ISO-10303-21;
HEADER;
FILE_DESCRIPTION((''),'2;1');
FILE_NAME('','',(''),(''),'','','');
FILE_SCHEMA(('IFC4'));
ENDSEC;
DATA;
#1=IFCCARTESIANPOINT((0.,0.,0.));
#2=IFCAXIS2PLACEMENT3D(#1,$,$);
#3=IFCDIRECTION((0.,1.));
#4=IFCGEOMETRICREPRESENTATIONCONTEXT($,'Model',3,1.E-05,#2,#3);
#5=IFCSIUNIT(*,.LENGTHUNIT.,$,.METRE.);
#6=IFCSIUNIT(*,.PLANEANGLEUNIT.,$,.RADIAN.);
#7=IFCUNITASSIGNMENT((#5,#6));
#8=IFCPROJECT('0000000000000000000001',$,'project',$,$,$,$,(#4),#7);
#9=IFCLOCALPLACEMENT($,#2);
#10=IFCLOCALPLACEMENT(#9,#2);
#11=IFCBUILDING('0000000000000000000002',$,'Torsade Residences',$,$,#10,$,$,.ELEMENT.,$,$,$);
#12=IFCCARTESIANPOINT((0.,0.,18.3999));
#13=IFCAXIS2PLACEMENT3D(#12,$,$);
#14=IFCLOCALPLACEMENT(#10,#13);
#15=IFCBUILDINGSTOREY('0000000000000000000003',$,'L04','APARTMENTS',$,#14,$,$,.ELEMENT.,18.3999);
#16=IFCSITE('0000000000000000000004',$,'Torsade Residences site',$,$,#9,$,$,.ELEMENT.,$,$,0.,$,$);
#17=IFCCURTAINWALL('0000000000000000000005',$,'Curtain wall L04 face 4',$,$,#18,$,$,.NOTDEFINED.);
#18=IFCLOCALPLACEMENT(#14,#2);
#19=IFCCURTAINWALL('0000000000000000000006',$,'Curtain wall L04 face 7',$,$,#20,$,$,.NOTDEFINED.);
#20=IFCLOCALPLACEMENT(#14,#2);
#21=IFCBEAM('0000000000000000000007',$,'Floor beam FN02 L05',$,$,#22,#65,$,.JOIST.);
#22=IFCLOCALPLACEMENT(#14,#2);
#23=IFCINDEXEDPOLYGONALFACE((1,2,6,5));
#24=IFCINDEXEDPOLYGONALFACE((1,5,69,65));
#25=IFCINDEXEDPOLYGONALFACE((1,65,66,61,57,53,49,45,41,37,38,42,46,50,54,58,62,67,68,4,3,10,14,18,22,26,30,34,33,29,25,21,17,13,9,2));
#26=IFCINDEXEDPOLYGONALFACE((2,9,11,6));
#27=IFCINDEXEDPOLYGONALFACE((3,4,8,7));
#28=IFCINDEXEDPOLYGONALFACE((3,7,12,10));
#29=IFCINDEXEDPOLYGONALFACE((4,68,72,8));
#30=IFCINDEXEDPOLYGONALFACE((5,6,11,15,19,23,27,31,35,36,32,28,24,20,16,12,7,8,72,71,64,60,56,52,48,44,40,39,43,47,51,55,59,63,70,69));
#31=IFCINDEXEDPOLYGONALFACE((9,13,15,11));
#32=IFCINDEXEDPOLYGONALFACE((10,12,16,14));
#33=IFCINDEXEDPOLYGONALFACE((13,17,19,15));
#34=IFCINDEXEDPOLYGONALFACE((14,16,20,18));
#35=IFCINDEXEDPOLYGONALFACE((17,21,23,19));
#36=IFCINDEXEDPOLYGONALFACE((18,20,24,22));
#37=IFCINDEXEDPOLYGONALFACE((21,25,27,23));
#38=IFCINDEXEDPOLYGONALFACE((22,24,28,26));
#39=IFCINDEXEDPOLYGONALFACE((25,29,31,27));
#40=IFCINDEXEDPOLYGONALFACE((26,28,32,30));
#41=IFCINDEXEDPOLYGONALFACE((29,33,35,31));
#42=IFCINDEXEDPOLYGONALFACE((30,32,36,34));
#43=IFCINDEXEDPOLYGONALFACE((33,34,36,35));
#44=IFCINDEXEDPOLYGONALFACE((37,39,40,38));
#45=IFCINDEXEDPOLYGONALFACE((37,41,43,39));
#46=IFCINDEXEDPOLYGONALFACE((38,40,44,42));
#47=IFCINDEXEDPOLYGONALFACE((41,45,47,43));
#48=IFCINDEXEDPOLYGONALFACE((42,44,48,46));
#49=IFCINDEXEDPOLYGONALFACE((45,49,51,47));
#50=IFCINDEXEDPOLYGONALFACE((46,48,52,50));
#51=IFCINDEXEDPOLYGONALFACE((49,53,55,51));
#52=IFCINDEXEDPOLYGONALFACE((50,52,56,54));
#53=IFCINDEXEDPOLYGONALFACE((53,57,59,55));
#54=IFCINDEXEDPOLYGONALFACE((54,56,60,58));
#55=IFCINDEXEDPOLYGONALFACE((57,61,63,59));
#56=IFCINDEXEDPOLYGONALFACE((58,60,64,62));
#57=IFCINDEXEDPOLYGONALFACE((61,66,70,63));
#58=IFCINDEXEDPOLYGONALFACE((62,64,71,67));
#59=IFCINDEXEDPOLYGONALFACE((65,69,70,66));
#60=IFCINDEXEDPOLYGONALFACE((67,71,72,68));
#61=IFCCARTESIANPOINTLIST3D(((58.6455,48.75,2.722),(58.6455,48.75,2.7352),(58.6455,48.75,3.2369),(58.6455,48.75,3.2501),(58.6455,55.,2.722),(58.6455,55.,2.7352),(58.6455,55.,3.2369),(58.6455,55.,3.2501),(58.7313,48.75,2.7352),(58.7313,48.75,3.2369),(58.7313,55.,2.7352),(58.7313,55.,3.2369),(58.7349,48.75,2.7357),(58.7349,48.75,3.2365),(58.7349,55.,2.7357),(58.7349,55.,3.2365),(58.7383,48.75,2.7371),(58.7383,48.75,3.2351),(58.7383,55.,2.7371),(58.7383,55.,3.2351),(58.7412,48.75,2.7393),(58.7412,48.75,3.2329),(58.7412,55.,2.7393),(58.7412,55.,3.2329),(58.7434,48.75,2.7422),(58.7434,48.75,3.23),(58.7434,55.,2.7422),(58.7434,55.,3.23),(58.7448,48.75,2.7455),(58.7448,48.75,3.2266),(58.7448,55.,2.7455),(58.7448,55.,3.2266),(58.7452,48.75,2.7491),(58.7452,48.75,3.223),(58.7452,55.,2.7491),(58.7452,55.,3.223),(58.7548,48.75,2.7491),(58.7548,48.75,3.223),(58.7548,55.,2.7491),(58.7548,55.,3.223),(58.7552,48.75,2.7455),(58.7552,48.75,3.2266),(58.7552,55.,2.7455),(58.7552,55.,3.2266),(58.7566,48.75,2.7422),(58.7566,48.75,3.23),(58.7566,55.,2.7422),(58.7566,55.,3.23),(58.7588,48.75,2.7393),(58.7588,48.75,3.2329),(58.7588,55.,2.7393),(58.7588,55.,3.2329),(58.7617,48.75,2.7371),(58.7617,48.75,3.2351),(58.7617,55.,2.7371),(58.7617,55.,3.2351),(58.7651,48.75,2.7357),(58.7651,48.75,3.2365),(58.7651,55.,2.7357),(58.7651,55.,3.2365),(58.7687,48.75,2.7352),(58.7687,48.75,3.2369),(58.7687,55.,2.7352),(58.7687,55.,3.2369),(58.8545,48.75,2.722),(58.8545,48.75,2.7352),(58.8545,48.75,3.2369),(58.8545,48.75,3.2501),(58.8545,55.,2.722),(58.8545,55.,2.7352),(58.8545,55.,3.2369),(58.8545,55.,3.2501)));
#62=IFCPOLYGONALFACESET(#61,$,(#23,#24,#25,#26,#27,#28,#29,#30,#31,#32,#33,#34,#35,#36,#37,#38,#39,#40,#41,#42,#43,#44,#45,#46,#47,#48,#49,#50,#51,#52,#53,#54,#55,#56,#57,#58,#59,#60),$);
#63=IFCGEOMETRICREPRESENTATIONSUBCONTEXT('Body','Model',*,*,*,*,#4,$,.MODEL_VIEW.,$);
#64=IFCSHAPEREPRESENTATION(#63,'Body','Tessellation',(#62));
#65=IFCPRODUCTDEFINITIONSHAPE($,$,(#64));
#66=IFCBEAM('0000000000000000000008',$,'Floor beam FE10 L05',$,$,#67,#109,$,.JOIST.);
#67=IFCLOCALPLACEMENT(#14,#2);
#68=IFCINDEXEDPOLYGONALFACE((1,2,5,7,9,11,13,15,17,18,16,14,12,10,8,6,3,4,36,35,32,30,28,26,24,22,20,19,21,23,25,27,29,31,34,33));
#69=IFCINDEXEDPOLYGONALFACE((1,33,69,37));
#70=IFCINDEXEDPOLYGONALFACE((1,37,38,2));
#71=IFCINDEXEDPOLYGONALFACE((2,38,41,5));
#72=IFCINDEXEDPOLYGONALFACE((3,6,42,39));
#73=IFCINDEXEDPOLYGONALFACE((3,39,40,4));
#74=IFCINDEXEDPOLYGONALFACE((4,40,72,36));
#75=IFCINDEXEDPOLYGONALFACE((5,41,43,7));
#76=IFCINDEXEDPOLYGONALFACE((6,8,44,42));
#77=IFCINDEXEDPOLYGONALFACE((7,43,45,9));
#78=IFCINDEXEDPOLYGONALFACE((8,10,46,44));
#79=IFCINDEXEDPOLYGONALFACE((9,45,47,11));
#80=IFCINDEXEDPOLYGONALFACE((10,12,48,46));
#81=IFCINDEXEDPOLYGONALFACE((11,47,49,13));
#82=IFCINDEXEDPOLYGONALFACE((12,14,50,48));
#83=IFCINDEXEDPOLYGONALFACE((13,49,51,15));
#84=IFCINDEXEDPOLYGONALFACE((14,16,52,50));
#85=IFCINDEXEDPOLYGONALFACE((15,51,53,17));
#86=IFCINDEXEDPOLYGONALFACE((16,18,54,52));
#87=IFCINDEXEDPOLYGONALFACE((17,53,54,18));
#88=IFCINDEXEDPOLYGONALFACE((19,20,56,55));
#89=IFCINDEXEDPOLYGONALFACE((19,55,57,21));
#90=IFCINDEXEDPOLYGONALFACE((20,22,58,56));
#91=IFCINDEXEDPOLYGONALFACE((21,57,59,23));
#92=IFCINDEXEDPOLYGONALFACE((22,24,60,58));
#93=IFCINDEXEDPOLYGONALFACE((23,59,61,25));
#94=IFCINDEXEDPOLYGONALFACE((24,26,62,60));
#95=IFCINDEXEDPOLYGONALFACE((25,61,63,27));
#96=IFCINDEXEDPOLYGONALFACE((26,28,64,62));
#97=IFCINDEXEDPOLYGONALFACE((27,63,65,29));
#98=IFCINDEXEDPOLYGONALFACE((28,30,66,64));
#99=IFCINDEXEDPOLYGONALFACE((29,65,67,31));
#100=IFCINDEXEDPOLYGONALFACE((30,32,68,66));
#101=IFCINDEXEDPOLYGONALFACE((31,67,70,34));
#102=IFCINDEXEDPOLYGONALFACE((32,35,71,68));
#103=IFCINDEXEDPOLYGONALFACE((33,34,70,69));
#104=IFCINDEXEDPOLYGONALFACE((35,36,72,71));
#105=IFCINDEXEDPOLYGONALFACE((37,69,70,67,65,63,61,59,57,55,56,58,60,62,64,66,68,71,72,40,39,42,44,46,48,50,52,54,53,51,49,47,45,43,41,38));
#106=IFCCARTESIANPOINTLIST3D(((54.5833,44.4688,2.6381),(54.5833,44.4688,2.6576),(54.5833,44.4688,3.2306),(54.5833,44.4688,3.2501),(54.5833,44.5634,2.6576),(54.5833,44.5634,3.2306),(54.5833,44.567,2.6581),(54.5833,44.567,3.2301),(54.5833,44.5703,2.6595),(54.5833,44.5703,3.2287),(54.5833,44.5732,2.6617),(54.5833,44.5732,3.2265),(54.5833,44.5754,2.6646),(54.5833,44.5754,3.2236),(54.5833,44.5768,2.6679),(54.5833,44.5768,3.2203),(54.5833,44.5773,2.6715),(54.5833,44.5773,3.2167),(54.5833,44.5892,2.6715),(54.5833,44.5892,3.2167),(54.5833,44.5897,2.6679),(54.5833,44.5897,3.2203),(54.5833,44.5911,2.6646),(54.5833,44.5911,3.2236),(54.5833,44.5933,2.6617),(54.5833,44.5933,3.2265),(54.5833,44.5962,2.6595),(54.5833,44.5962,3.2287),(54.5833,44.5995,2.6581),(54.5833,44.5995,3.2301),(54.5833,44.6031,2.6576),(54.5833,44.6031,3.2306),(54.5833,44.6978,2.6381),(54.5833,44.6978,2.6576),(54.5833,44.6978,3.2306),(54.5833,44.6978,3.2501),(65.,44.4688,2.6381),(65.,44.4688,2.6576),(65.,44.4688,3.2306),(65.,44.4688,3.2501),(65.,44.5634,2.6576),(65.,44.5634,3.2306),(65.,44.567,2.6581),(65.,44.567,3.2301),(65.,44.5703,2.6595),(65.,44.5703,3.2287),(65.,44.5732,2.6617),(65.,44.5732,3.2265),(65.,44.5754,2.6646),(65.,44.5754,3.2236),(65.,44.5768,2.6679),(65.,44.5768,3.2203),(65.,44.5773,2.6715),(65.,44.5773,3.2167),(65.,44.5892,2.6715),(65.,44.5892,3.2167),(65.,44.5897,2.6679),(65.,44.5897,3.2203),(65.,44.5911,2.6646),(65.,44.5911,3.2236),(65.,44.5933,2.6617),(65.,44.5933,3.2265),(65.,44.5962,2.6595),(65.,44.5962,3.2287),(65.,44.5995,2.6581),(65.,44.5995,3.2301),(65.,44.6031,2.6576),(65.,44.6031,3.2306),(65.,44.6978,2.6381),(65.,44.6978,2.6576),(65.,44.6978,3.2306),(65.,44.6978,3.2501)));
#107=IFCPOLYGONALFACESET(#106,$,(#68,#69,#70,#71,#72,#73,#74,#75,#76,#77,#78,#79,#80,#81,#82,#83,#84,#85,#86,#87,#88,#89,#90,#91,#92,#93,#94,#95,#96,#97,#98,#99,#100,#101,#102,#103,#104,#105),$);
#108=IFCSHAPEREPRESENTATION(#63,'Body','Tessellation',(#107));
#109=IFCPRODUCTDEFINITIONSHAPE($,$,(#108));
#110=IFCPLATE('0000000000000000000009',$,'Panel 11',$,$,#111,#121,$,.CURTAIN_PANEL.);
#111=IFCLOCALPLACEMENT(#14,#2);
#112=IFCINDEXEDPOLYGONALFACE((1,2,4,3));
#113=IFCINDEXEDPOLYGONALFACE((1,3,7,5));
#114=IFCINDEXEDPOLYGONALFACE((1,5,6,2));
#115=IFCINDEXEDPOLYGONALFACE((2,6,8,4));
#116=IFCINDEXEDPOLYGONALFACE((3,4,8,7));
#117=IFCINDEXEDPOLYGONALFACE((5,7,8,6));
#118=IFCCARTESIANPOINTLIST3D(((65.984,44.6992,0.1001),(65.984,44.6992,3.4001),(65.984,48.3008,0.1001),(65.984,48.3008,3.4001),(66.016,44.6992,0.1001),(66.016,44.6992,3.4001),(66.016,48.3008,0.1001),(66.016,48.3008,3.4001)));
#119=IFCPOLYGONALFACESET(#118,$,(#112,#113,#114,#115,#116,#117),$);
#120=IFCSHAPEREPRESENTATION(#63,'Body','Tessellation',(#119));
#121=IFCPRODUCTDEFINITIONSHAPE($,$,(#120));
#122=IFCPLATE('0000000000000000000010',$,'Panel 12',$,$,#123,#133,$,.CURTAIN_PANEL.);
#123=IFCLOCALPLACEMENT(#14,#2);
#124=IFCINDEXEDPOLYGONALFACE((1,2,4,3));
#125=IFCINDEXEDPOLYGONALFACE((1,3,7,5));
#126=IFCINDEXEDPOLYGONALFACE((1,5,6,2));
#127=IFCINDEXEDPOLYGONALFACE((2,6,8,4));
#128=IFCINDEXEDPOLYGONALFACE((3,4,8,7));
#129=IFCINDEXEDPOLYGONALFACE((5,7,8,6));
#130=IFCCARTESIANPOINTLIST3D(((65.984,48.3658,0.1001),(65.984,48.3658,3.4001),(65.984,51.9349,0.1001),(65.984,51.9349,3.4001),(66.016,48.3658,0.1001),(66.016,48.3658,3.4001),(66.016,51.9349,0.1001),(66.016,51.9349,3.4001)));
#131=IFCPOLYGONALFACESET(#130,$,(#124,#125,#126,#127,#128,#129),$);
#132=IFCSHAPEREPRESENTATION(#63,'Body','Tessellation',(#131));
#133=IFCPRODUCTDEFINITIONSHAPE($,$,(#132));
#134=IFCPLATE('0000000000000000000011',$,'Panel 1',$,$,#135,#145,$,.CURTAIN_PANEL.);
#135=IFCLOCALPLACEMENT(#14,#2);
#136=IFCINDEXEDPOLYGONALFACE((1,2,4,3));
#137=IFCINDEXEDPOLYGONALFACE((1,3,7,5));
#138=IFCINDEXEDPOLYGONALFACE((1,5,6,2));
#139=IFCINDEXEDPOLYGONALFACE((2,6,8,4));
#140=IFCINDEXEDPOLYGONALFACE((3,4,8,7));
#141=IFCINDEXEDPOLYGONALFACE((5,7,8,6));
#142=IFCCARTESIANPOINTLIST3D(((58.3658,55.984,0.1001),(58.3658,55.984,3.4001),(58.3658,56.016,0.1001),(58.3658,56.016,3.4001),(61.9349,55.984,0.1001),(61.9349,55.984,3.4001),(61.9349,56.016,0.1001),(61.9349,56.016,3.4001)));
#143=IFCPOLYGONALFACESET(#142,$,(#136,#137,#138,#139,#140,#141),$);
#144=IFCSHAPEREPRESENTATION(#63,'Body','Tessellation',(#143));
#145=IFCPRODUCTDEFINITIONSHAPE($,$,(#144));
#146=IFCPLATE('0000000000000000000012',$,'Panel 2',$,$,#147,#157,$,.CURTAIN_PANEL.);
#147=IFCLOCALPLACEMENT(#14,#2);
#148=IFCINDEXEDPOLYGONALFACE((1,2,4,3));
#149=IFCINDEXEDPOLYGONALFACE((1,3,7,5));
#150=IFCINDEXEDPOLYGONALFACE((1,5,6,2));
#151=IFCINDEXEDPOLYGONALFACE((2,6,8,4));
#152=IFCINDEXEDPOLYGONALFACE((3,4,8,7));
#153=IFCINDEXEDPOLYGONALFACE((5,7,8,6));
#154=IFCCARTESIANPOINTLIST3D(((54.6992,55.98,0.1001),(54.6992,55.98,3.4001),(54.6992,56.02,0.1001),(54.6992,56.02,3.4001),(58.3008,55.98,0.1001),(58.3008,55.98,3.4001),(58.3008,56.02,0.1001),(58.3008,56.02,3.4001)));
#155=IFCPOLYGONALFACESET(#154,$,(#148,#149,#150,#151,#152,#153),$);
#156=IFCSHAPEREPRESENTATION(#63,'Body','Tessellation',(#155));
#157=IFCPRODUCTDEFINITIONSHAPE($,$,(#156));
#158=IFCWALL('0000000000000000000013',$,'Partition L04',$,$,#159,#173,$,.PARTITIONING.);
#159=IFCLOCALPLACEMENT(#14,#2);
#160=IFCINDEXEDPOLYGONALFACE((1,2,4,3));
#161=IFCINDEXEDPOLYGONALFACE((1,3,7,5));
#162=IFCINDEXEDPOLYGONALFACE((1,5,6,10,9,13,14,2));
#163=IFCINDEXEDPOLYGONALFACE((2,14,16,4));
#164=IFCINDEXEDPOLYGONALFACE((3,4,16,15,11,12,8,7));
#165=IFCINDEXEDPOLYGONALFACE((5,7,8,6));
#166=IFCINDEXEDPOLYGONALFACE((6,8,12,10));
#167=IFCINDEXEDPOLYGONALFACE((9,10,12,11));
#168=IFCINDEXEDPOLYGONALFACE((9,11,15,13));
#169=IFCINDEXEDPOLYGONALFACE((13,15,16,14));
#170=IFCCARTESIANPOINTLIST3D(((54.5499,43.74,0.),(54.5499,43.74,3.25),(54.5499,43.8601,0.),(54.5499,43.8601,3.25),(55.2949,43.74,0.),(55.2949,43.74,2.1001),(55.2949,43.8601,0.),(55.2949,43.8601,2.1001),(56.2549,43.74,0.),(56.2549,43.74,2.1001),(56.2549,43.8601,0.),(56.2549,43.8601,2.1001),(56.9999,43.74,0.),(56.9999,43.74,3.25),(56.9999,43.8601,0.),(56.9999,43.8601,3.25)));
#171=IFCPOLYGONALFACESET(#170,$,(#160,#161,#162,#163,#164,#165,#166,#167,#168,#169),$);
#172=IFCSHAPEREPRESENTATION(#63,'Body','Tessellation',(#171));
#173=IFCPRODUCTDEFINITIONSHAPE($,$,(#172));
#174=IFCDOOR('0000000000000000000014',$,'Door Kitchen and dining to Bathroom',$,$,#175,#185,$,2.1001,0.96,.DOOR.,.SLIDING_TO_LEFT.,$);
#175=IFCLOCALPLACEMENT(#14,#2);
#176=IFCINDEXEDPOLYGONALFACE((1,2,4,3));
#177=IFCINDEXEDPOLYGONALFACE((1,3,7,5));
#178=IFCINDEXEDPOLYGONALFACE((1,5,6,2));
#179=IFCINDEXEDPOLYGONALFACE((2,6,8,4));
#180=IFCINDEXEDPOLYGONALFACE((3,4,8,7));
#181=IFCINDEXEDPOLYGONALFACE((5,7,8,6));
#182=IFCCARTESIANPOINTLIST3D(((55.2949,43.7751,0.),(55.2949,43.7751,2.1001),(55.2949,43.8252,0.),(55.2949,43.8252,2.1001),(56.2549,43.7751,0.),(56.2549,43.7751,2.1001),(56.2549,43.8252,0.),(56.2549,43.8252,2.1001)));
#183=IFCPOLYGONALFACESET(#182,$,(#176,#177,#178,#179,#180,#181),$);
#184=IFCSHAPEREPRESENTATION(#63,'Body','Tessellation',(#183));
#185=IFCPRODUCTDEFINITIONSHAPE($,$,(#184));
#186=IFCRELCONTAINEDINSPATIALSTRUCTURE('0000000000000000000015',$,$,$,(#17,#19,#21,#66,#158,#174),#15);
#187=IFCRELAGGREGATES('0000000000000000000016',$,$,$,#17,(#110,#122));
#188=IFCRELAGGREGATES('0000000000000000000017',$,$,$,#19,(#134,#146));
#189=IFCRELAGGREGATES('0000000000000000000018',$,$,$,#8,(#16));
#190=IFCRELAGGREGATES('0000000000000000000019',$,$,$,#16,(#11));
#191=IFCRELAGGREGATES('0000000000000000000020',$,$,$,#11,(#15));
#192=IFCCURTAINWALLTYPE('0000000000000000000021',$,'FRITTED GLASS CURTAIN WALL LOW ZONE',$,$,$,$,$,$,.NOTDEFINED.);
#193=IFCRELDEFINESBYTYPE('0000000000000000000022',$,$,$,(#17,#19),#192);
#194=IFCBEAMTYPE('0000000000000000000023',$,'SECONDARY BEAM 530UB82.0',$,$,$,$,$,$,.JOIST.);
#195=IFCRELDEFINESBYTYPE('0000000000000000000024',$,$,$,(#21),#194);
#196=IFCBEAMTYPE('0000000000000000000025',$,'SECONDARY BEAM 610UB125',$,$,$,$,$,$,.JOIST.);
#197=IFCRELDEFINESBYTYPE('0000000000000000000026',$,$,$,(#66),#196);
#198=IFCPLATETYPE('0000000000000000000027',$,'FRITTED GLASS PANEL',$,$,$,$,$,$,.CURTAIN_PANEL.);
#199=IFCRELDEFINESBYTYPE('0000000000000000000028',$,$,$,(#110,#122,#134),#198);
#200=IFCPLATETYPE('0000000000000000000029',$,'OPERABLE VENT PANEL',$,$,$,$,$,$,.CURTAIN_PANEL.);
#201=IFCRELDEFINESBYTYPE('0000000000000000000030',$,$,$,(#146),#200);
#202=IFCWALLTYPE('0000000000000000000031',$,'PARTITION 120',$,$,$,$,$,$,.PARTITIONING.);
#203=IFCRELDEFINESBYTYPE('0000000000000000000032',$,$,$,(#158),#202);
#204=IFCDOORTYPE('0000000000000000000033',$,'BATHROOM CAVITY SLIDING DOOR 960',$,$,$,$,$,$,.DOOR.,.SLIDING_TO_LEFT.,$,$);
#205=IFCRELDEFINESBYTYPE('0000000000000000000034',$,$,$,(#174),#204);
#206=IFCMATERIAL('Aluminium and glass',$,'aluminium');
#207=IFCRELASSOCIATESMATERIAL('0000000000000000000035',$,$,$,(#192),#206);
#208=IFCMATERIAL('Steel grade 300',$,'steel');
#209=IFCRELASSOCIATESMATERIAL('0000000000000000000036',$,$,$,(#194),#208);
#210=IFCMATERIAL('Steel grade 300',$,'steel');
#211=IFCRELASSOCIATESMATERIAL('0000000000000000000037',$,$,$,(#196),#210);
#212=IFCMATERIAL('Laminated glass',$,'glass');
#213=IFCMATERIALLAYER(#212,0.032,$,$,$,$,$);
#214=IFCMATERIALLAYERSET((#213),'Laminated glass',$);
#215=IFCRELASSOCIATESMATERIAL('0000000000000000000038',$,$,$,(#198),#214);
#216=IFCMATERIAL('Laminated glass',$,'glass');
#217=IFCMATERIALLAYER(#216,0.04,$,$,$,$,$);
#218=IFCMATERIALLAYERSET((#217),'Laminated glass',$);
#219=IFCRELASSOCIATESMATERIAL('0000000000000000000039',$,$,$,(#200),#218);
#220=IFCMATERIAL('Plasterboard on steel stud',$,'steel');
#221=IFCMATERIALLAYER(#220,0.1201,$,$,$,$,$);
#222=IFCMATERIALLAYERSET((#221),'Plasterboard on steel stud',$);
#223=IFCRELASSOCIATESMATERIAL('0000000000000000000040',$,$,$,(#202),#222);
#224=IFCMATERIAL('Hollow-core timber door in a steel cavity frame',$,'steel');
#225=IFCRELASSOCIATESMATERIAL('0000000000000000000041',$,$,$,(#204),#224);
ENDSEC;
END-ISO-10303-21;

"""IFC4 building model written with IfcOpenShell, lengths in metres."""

from ifc_helpers import new_model, si_unit, direction, frame, frame_2d, origin, origin_2d, place, context, subcontext, project, spatial, rectangle, i_section, extrude, material, layer, layer_set, material_profile, profile_set, type_object, element, fill, aggregate, save


model = new_model("IFC4")

# Units and contexts
model_context = context("Model", 3, precision=1e-05, world=origin(), true_north=direction((0.0, 1.0)))
body_context = subcontext(model_context, "Body", "Model", "MODEL_VIEW")
ifc_project = project(units=[si_unit("LENGTHUNIT", "METRE"), si_unit("PLANEANGLEUNIT", "RADIAN")], contexts=[model_context])

# Site, building, storey
site_placement = place(None, origin())
site = spatial("IfcSite", under=ifc_project, at=site_placement, Name="Torsade Residences site", CompositionType="ELEMENT", RefElevation=0.0)
building_placement = place(site_placement, origin())
building = spatial("IfcBuilding", under=site, at=building_placement, Name="Torsade Residences", CompositionType="ELEMENT")
storey_placement = place(building_placement, frame((0.0, 0.0, 18.3999)))
storey = spatial("IfcBuildingStorey", under=building, at=storey_placement, Name="L04", Description="APARTMENTS", CompositionType="ELEMENT", Elevation=18.3999)

# Curtain walls
ifc_material_1 = material(Name="Aluminium and glass", Category="aluminium")
curtain_wall_type = type_object("IfcCurtainWallType", Name="FRITTED GLASS CURTAIN WALL LOW ZONE", PredefinedType="NOTDEFINED", material=ifc_material_1)
curtain_wall_1_placement = place(storey_placement, origin())
curtain_wall_1 = element("IfcCurtainWall", 1, at=curtain_wall_1_placement, inside=storey, type_object=curtain_wall_type, Name="Curtain wall L04 face 4", PredefinedType="NOTDEFINED")
curtain_wall_2_placement = place(storey_placement, origin())
curtain_wall_2 = element("IfcCurtainWall", 2, at=curtain_wall_2_placement, inside=storey, type_object=curtain_wall_type, Name="Curtain wall L04 face 7", PredefinedType="NOTDEFINED")

# Beams
ifc_material_2 = material(Name="Steel grade 300", Category="steel")
ifc_material_profile_1 = material_profile(ifc_material_2, i_section(OverallWidth=0.209, OverallDepth=0.5281, WebThickness=0.0095, FlangeThickness=0.0132, FilletRadius=0.0139, at=origin_2d()), Name="530UB82.0")
ifc_profile_set_1 = profile_set([ifc_material_profile_1], Name="Steel grade 300")
beam_type_1 = type_object("IfcBeamType", Name="SECONDARY BEAM 530UB82.0", PredefinedType="JOIST", material=ifc_profile_set_1)
beam_1_placement = place(storey_placement, frame((58.75, 55.0, 2.9861), z_axis=(0.0, -1.0, 0.0), x_axis=(1.0, 0.0, 0.0)))
element("IfcBeam", 3, at=beam_1_placement, inside=storey, type_object=beam_type_1, Name="Floor beam FN02 L05", PredefinedType="JOIST", context=body_context, shape_type="SweptSolid", body=[
    extrude(i_section(OverallWidth=0.209, OverallDepth=0.5281, WebThickness=0.0095, FlangeThickness=0.0132, FilletRadius=0.0139, at=origin_2d()), origin(), (0.0, 0.0, 1.0), 6.25),
])
ifc_material_3 = material(Name="Steel grade 300", Category="steel")
ifc_material_profile_2 = material_profile(ifc_material_3, i_section(OverallWidth=0.229, OverallDepth=0.6121, WebThickness=0.012, FlangeThickness=0.0195, FilletRadius=0.0139, at=origin_2d()), Name="610UB125")
ifc_profile_set_2 = profile_set([ifc_material_profile_2], Name="Steel grade 300")
beam_type_2 = type_object("IfcBeamType", Name="SECONDARY BEAM 610UB125", PredefinedType="JOIST", material=ifc_profile_set_2)
beam_2_placement = place(storey_placement, frame((65.0, 44.5833, 2.9441), z_axis=(-1.0, 0.0, 0.0), x_axis=(0.0, -1.0, 0.0)))
element("IfcBeam", 4, at=beam_2_placement, inside=storey, type_object=beam_type_2, Name="Floor beam FE10 L05", PredefinedType="JOIST", context=body_context, shape_type="SweptSolid", body=[
    extrude(i_section(OverallWidth=0.229, OverallDepth=0.6121, WebThickness=0.012, FlangeThickness=0.0195, FilletRadius=0.0139, at=origin_2d()), origin(), (0.0, 0.0, 1.0), 10.4167),
])

# Plates
ifc_material_4 = material(Name="Laminated glass", Category="glass")
ifc_layer_1 = layer(ifc_material_4, 0.032)
ifc_layer_set_1 = layer_set([ifc_layer_1], Name="Laminated glass")
plate_type_1 = type_object("IfcPlateType", Name="FRITTED GLASS PANEL", PredefinedType="CURTAIN_PANEL", material=ifc_layer_set_1)
plate_1_placement = place(storey_placement, frame((66.0, 46.5, 0.1001), z_axis=(0.0, 0.0, 1.0), x_axis=(0.0, 1.0, 0.0)))
plate_1 = element("IfcPlate", 5, at=plate_1_placement, type_object=plate_type_1, Name="Panel 11", PredefinedType="CURTAIN_PANEL", context=body_context, shape_type="SweptSolid", body=[
    extrude(rectangle(XDim=3.6016, YDim=0.032, at=origin_2d()), origin(), (0.0, 0.0, 1.0), 3.3),
])
plate_2_placement = place(storey_placement, frame((66.0, 50.1504, 0.1001), z_axis=(0.0, 0.0, 1.0), x_axis=(0.0, 1.0, 0.0)))
plate_2 = element("IfcPlate", 6, at=plate_2_placement, type_object=plate_type_1, Name="Panel 12", PredefinedType="CURTAIN_PANEL", context=body_context, shape_type="SweptSolid", body=[
    extrude(rectangle(XDim=3.5691, YDim=0.032, at=origin_2d()), origin(), (0.0, 0.0, 1.0), 3.3),
])
aggregate(curtain_wall_1, [plate_1, plate_2])
plate_3_placement = place(storey_placement, frame((60.1504, 56.0, 0.1001), z_axis=(0.0, 0.0, 1.0), x_axis=(-1.0, 0.0, 0.0)))
plate_3 = element("IfcPlate", 7, at=plate_3_placement, type_object=plate_type_1, Name="Panel 1", PredefinedType="CURTAIN_PANEL", context=body_context, shape_type="SweptSolid", body=[
    extrude(rectangle(XDim=3.5691, YDim=0.032, at=origin_2d()), origin(), (0.0, 0.0, 1.0), 3.3),
])
ifc_material_5 = material(Name="Laminated glass", Category="glass")
ifc_layer_2 = layer(ifc_material_5, 0.04)
ifc_layer_set_2 = layer_set([ifc_layer_2], Name="Laminated glass")
plate_type_2 = type_object("IfcPlateType", Name="OPERABLE VENT PANEL", PredefinedType="CURTAIN_PANEL", material=ifc_layer_set_2)
plate_4_placement = place(storey_placement, frame((56.5, 56.0, 0.1001), z_axis=(0.0, 0.0, 1.0), x_axis=(-1.0, 0.0, 0.0)))
plate_4 = element("IfcPlate", 8, at=plate_4_placement, type_object=plate_type_2, Name="Panel 2", PredefinedType="CURTAIN_PANEL", context=body_context, shape_type="SweptSolid", body=[
    extrude(rectangle(XDim=3.6016, YDim=0.04, at=origin_2d()), origin(), (0.0, 0.0, 1.0), 3.3),
])
aggregate(curtain_wall_2, [plate_3, plate_4])

# Wall, opening, door
ifc_material_6 = material(Name="Plasterboard on steel stud", Category="steel")
ifc_layer_3 = layer(ifc_material_6, 0.1201)
ifc_layer_set_3 = layer_set([ifc_layer_3], Name="Plasterboard on steel stud")
wall_type_1 = type_object("IfcWallType", Name="PARTITION 120", PredefinedType="PARTITIONING", material=ifc_layer_set_3)
wall_1_placement = place(storey_placement, frame((57.0, 43.8, 0.0), z_axis=(0.0, 0.0, 1.0), x_axis=(-1.0, 0.0, 0.0)))
wall_1 = element("IfcWall", 9, at=wall_1_placement, inside=storey, type_object=wall_type_1, Name="Partition L04", PredefinedType="PARTITIONING", context=body_context, shape_type="SweptSolid", body=[
    extrude(rectangle(XDim=2.45, YDim=0.1201, at=frame_2d((1.2251, 0.0))), origin(), (0.0, 0.0, 1.0), 3.25),
])
opening_1_placement = place(wall_1_placement, frame((0.7451, 0.0, 0.0)))
opening_1 = element("IfcOpeningElement", 10, at=opening_1_placement, cuts=wall_1, PredefinedType="OPENING", context=body_context, shape_type="SweptSolid", body=[
    extrude(rectangle(XDim=0.96, YDim=2.1001, at=frame_2d((0.48, 1.05))), frame((0.0, 0.0701, 0.0), z_axis=(0.0, -1.0, 0.0), x_axis=(1.0, 0.0, 0.0)), (0.0, 0.0, 1.0), 0.1401),
])
ifc_material_7 = material(Name="Hollow-core timber door in a steel cavity frame", Category="steel")
door_type_1 = type_object("IfcDoorType", Name="BATHROOM CAVITY SLIDING DOOR 960", OperationType="SLIDING_TO_LEFT", PredefinedType="DOOR", material=ifc_material_7)
door_1_placement = place(opening_1_placement, origin())
door_1 = element("IfcDoor", 11, at=door_1_placement, inside=storey, type_object=door_type_1, Name="Door Kitchen and dining to Bathroom", OperationType="SLIDING_TO_LEFT", OverallHeight=2.1001, OverallWidth=0.96, PredefinedType="DOOR", context=body_context, shape_type="SweptSolid", body=[
    extrude(rectangle(XDim=0.96, YDim=2.1001, at=frame_2d((0.48, 1.05))), frame((0.0, 0.0249, 0.0), z_axis=(0.0, -1.0, 0.0), x_axis=(1.0, 0.0, 0.0)), (0.0, 0.0, 1.0), 0.05),
])
fill(opening_1, door_1)

save(model, "model.ifc")
